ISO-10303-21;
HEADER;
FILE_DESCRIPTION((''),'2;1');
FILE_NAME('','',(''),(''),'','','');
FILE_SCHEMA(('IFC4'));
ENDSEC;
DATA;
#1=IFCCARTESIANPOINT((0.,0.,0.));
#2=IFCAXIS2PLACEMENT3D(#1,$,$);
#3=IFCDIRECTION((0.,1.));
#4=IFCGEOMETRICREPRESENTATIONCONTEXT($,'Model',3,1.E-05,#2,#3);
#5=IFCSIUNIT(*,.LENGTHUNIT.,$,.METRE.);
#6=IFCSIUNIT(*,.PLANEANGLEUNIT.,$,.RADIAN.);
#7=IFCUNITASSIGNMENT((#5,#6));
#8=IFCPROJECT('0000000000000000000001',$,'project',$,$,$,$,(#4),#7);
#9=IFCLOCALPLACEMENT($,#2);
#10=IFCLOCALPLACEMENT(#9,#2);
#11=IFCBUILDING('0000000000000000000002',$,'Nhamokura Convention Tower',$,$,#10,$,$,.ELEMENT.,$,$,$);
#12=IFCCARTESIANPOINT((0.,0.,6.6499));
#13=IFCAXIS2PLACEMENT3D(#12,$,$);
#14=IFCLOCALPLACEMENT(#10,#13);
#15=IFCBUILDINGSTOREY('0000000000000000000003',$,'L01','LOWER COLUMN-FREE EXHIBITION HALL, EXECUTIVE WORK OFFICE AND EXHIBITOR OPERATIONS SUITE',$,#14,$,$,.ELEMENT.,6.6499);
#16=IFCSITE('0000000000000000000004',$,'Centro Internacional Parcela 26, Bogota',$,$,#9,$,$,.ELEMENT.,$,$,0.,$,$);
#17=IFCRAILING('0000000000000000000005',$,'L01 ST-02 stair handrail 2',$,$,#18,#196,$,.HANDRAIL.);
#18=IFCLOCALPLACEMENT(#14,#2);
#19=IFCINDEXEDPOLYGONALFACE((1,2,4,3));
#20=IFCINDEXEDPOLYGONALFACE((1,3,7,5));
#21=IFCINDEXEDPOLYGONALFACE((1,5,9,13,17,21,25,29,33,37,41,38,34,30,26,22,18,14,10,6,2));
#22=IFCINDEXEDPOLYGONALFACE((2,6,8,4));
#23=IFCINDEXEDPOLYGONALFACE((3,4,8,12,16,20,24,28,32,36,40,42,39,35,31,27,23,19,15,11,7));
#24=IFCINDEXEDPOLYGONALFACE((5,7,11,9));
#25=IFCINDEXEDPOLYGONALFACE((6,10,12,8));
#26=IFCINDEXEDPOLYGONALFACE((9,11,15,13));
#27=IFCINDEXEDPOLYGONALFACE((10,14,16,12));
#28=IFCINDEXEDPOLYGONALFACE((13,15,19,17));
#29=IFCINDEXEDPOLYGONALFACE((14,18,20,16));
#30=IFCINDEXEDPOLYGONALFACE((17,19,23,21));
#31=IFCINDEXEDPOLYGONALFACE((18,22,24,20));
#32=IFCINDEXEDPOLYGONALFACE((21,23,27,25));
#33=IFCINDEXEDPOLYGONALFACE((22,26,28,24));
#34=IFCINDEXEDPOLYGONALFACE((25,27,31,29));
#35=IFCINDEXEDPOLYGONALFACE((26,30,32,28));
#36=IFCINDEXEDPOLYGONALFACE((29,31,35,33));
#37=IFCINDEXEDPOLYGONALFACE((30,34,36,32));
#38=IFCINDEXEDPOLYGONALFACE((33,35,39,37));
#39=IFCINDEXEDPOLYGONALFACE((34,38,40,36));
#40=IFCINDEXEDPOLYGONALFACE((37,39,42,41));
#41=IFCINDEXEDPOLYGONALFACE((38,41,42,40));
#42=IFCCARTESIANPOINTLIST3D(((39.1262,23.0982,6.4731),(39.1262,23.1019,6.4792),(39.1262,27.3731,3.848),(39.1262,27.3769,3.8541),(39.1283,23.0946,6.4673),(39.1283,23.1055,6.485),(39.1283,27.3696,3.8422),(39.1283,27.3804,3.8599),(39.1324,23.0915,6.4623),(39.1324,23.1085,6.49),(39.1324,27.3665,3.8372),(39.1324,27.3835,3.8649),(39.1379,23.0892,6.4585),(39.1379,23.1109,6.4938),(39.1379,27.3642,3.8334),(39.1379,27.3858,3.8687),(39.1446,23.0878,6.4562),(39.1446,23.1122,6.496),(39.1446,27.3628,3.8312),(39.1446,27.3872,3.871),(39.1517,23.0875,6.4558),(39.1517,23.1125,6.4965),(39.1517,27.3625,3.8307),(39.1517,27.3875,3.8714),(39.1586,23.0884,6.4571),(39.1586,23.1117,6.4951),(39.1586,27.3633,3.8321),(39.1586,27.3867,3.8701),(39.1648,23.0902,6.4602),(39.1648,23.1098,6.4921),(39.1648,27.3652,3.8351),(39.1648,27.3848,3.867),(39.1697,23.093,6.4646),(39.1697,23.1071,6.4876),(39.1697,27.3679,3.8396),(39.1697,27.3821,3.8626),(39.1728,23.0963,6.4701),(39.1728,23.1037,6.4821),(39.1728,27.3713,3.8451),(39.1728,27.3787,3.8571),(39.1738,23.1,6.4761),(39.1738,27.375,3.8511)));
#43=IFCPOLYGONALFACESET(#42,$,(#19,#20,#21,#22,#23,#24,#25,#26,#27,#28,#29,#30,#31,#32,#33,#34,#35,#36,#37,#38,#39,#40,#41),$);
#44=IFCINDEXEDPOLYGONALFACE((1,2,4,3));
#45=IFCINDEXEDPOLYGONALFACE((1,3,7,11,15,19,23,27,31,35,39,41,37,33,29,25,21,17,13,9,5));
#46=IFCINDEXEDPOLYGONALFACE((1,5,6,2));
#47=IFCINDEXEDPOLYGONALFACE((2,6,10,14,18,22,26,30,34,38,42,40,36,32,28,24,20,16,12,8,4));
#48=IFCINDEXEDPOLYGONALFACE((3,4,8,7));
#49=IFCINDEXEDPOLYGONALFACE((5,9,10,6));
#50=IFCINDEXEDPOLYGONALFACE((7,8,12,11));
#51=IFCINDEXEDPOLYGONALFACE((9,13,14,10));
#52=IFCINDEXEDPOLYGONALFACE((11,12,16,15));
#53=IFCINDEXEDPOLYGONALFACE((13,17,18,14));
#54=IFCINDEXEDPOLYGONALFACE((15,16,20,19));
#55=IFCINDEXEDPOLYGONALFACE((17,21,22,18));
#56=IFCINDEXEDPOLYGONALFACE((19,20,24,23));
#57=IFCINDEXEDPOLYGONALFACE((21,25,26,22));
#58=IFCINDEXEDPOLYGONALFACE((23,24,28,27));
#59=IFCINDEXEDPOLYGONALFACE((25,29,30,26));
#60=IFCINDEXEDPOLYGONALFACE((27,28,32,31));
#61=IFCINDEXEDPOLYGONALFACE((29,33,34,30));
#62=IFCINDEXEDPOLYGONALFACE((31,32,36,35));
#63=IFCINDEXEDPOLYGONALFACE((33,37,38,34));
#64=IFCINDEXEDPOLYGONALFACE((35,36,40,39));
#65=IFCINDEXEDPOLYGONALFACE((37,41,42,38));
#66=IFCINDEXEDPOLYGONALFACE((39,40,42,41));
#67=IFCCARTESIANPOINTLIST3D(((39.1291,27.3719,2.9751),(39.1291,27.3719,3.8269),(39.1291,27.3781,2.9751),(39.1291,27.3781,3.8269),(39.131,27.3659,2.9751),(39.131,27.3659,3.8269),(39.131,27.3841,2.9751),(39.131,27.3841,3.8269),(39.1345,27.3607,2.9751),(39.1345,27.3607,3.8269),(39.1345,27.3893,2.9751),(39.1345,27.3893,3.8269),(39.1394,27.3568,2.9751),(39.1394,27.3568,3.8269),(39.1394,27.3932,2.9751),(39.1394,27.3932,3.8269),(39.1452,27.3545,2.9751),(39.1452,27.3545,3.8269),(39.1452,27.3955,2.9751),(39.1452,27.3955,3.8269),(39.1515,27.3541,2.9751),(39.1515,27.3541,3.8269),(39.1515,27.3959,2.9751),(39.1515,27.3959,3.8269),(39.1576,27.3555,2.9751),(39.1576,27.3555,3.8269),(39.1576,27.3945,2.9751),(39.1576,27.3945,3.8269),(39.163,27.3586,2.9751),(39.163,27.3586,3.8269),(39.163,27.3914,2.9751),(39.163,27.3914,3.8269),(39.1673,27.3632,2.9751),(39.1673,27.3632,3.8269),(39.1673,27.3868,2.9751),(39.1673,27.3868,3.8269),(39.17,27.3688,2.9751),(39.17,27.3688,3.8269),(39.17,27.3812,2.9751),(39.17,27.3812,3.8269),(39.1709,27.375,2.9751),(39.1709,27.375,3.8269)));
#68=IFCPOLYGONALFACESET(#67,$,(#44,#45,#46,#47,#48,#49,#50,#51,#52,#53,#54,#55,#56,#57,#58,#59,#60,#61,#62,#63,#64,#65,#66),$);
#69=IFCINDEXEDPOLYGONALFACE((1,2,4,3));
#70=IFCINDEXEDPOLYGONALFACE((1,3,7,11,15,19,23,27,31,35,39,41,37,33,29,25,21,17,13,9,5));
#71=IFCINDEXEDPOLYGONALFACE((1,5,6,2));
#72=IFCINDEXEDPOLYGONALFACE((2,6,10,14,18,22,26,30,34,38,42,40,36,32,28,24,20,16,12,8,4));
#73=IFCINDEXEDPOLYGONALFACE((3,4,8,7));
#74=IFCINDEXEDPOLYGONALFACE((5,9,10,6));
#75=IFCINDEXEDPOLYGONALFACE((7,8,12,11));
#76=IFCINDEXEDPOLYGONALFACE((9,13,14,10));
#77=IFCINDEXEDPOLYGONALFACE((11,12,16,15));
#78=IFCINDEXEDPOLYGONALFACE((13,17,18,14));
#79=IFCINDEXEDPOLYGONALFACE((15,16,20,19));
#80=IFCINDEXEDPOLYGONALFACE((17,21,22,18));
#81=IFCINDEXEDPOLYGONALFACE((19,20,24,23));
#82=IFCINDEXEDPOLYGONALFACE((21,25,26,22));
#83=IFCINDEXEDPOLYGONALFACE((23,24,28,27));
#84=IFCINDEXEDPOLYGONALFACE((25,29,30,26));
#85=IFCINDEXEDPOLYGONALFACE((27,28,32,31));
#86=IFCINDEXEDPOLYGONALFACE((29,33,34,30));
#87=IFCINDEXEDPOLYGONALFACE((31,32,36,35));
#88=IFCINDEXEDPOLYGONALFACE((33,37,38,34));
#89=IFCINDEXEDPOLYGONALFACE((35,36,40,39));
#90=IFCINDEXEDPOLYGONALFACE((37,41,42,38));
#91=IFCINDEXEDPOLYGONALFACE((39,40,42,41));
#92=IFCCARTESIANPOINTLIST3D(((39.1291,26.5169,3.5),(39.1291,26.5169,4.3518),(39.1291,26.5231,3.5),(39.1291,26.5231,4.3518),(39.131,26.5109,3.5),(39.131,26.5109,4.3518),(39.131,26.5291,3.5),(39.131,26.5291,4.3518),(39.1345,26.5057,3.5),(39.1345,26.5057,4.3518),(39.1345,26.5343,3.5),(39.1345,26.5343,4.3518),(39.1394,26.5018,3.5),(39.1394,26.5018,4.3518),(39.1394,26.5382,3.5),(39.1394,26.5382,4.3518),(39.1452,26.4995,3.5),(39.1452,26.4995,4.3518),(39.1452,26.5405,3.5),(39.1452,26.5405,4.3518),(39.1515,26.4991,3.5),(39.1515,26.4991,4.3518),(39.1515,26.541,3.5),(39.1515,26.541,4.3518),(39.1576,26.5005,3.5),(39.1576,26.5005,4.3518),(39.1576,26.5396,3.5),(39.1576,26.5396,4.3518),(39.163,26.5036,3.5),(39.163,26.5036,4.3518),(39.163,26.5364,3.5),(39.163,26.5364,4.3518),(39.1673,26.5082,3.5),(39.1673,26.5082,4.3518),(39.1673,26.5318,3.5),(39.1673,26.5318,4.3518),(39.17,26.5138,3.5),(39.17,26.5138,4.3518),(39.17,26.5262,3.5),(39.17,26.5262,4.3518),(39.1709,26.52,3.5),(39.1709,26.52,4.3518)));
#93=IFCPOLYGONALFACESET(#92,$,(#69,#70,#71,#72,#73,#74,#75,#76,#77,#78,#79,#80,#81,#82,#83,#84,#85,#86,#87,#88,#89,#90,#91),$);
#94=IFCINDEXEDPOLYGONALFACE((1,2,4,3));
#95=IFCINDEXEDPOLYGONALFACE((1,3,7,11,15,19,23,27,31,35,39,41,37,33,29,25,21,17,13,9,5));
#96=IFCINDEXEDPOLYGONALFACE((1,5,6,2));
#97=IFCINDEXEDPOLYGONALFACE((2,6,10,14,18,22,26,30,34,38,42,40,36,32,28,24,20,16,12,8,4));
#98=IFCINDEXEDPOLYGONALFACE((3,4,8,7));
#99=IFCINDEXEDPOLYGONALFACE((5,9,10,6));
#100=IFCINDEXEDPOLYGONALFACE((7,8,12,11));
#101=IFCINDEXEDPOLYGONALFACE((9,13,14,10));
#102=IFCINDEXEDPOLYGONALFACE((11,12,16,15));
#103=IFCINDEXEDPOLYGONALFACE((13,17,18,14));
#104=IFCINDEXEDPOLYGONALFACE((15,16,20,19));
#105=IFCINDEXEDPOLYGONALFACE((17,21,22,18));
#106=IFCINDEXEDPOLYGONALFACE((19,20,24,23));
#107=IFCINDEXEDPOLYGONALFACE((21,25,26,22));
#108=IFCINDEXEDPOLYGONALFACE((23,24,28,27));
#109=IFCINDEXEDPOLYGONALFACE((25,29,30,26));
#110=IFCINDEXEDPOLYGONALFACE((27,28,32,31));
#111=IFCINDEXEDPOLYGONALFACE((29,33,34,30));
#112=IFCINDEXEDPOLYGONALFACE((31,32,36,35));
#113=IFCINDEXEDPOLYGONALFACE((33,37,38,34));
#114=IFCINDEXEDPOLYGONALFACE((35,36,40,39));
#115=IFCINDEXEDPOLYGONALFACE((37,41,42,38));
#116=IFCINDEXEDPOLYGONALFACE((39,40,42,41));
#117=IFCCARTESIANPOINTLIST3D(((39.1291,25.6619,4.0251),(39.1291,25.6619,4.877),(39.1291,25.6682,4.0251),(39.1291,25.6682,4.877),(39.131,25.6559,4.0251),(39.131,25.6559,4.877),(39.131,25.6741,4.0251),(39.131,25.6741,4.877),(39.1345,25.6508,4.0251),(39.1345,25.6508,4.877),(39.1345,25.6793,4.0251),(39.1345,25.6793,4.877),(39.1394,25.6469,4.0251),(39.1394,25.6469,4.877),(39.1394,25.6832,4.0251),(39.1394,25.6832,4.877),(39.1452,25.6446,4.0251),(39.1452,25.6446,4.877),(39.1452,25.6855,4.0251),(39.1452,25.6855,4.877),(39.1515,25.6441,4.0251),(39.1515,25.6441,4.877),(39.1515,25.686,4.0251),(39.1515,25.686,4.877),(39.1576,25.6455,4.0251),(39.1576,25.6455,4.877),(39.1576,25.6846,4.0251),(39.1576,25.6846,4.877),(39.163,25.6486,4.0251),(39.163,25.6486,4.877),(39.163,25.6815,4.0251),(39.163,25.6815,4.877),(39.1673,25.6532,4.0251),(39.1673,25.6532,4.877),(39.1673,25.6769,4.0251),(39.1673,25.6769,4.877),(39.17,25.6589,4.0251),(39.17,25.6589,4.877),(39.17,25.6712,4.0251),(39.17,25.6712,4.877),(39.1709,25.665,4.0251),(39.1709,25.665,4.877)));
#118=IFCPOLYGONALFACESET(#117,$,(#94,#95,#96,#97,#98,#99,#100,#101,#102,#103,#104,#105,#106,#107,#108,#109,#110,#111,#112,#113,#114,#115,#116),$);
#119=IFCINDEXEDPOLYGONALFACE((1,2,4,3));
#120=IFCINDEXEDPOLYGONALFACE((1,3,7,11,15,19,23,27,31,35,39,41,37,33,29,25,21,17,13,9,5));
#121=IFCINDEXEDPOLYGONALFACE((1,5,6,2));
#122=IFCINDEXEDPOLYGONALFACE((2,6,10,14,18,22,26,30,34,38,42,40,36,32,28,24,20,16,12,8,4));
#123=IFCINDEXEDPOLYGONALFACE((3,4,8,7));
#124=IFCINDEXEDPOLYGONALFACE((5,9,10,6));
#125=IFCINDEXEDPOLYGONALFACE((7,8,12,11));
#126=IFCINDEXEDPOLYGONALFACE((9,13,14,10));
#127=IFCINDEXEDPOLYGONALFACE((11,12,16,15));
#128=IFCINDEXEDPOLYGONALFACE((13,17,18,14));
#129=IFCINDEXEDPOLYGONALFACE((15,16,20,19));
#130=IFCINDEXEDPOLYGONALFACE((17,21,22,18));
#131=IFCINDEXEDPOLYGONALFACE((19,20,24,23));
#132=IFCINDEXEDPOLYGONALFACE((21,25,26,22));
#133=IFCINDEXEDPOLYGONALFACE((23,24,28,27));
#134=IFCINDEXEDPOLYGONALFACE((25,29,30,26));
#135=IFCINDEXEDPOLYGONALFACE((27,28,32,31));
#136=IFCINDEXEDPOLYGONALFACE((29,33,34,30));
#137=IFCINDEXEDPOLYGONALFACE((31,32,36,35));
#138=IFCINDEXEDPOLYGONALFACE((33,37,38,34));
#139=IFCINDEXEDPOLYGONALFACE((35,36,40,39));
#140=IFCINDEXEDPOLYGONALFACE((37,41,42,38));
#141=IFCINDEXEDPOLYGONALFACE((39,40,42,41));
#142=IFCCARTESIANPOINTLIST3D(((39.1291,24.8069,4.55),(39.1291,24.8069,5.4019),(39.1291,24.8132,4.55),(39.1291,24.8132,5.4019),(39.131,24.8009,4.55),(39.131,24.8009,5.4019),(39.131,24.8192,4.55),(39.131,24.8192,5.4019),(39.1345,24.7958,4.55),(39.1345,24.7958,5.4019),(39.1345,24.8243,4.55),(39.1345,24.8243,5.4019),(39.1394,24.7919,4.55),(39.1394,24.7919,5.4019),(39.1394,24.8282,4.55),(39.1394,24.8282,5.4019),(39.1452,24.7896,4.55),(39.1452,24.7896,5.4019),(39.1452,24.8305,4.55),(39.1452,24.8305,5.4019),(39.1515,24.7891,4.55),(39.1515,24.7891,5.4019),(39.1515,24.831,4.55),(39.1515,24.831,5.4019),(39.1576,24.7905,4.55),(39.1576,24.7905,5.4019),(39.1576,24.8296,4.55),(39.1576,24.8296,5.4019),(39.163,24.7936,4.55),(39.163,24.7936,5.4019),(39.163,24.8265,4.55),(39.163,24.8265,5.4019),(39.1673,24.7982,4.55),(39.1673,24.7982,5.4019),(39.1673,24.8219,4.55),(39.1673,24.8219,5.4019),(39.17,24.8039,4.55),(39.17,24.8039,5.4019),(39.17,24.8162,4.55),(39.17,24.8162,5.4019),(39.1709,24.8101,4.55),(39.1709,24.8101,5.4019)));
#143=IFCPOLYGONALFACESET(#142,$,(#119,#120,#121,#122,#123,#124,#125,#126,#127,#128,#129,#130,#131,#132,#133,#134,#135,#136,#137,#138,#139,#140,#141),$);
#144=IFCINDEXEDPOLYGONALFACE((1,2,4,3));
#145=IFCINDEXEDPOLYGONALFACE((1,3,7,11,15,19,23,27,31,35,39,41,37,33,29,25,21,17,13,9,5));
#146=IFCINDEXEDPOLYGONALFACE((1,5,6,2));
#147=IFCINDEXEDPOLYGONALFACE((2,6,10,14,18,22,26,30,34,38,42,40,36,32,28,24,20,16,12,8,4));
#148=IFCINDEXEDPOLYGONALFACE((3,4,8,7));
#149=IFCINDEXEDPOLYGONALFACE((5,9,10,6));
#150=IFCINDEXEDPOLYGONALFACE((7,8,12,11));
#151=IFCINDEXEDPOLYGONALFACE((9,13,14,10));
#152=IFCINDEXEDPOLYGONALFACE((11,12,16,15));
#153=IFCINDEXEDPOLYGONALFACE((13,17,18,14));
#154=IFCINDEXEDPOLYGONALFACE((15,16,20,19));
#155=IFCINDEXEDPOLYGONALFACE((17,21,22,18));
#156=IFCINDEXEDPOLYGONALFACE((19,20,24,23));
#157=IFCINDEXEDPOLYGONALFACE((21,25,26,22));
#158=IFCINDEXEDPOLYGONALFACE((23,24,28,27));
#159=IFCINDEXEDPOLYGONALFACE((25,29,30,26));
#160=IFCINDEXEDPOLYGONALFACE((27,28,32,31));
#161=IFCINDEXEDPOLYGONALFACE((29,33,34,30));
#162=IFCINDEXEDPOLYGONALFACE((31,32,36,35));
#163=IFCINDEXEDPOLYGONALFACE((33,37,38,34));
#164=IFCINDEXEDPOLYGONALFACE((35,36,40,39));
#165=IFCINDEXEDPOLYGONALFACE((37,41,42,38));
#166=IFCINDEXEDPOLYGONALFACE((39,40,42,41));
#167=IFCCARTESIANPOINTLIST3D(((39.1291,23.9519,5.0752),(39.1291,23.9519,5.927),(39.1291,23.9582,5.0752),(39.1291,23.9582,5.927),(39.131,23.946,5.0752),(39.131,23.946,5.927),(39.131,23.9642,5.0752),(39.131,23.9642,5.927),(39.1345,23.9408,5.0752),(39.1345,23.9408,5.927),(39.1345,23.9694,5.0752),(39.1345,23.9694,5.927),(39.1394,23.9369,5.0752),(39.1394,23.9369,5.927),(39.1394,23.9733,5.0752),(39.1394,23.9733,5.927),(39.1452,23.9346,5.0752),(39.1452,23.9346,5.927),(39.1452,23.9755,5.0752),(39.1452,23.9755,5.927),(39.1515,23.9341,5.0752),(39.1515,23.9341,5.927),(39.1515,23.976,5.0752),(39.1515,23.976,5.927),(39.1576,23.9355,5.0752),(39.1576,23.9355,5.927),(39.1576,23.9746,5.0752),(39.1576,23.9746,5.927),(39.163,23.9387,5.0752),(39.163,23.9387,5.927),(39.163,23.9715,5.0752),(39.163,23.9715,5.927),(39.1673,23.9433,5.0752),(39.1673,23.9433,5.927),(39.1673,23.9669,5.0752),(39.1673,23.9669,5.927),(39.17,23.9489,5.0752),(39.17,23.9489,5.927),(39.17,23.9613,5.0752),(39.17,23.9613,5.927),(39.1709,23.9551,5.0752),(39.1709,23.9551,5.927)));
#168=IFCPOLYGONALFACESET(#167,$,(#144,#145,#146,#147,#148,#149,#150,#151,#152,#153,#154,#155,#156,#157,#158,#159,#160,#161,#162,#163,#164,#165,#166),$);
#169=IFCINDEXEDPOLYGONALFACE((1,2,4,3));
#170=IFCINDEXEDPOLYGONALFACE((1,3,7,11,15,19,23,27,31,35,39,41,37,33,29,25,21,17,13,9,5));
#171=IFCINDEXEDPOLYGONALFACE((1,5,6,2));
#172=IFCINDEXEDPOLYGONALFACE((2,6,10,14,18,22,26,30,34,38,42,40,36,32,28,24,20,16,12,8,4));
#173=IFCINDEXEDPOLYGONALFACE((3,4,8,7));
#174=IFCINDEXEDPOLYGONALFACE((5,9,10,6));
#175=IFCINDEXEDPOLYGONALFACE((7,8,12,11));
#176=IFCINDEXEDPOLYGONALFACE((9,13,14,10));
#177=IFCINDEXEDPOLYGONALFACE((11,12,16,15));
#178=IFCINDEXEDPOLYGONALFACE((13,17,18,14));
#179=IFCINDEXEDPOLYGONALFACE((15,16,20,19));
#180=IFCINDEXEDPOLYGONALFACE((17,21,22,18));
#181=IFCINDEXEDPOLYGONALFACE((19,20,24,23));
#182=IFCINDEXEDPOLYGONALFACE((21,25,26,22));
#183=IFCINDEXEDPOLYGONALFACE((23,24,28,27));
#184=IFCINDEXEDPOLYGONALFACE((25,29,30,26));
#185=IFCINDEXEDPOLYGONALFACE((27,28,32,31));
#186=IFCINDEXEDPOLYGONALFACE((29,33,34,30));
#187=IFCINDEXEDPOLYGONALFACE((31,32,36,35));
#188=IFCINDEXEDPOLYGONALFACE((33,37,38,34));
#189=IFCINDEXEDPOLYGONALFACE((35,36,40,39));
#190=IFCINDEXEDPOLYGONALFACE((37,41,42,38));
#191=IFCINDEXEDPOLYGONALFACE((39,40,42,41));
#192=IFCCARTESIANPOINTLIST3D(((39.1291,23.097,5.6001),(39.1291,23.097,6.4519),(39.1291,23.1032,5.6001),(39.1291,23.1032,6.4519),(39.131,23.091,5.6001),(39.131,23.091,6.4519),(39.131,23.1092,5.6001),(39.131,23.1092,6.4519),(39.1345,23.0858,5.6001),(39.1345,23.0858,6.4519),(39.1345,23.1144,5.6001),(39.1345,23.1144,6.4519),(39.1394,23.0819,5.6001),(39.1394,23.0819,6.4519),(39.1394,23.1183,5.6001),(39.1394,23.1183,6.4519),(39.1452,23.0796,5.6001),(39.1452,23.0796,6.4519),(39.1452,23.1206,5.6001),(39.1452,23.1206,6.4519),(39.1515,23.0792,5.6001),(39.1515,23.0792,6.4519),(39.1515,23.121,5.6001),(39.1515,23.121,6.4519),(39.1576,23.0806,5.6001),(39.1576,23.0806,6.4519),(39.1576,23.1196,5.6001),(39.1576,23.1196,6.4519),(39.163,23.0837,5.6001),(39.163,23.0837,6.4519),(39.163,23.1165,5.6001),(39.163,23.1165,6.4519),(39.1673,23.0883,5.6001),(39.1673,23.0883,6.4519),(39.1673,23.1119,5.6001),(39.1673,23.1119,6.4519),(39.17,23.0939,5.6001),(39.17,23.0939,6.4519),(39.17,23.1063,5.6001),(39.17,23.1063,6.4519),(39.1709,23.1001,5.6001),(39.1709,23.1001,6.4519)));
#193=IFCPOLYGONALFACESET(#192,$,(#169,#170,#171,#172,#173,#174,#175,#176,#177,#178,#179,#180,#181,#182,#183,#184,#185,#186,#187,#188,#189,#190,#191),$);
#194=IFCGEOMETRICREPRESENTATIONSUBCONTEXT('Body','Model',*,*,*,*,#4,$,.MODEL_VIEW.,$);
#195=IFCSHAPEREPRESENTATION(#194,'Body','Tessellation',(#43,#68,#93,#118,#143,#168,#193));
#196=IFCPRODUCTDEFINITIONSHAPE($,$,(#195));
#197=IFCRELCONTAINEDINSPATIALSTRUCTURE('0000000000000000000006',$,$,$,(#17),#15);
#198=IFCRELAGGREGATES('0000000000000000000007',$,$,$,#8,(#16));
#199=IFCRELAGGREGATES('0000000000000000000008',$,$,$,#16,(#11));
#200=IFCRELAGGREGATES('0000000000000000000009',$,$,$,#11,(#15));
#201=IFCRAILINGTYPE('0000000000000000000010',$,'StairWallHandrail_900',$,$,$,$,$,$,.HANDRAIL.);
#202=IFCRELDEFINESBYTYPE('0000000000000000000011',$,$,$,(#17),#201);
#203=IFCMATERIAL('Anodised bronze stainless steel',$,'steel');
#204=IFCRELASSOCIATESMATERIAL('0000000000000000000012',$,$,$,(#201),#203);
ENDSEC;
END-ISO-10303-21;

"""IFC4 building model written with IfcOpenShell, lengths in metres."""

from ifc_helpers import new_model, si_unit, direction, frame, origin, origin_2d, place, context, subcontext, project, spatial, circle, extrude, material, type_object, element, save


model = new_model("IFC4")

# Units and contexts
model_context = context("Model", 3, precision=1e-05, world=origin(), true_north=direction((0.0, 1.0)))
body_context = subcontext(model_context, "Body", "Model", "MODEL_VIEW")
ifc_project = project(units=[si_unit("LENGTHUNIT", "METRE"), si_unit("PLANEANGLEUNIT", "RADIAN")], contexts=[model_context])

# Site, building, storey
site_placement = place(None, origin())
site = spatial("IfcSite", under=ifc_project, at=site_placement, Name="Centro Internacional Parcela 26, Bogota", CompositionType="ELEMENT", RefElevation=0.0)
building_placement = place(site_placement, origin())
building = spatial("IfcBuilding", under=site, at=building_placement, Name="Nhamokura Convention Tower", CompositionType="ELEMENT")
storey_placement = place(building_placement, frame((0.0, 0.0, 6.6499)))
storey = spatial("IfcBuildingStorey", under=building, at=storey_placement, Name="L01", Description="LOWER COLUMN-FREE EXHIBITION HALL, EXECUTIVE WORK OFFICE AND EXHIBITOR OPERATIONS SUITE", CompositionType="ELEMENT", Elevation=6.6499)

# Railing
ifc_material_1 = material(Name="Anodised bronze stainless steel", Category="steel")
railing_type_1 = type_object("IfcRailingType", Name="StairWallHandrail_900", PredefinedType="HANDRAIL", material=ifc_material_1)
railing_1_placement = place(storey_placement, frame((39.1499, 27.375, 2.9751)))
element("IfcRailing", 1, at=railing_1_placement, inside=storey, type_object=railing_type_1, Name="L01 ST-02 stair handrail 2", PredefinedType="HANDRAIL", context=body_context, shape_type="SweptSolid", body=[
    extrude(circle(Radius=0.0239, at=origin_2d()), frame((0.0, 0.0, 0.876), z_axis=(0.0, -0.852166, 0.523272), x_axis=(1.0, 0.0, 0.0)), (0.0, 0.0, 1.0), 5.0166),
    extrude(circle(Radius=0.021, at=origin_2d()), origin(), (0.0, 0.0, 1.0), 0.8518),
    extrude(circle(Radius=0.021, at=origin_2d()), frame((0.0, -0.855, 0.5249)), (0.0, 0.0, 1.0), 0.8518),
    extrude(circle(Radius=0.021, at=origin_2d()), frame((0.0, -1.71, 1.05)), (0.0, 0.0, 1.0), 0.8518),
    extrude(circle(Radius=0.021, at=origin_2d()), frame((0.0, -2.5649, 1.575)), (0.0, 0.0, 1.0), 0.8518),
    extrude(circle(Radius=0.021, at=origin_2d()), frame((0.0, -3.4199, 2.1001)), (0.0, 0.0, 1.0), 0.8518),
    extrude(circle(Radius=0.021, at=origin_2d()), frame((0.0, -4.2749, 2.625)), (0.0, 0.0, 1.0), 0.8518),
])

save(model, "model.ifc")
